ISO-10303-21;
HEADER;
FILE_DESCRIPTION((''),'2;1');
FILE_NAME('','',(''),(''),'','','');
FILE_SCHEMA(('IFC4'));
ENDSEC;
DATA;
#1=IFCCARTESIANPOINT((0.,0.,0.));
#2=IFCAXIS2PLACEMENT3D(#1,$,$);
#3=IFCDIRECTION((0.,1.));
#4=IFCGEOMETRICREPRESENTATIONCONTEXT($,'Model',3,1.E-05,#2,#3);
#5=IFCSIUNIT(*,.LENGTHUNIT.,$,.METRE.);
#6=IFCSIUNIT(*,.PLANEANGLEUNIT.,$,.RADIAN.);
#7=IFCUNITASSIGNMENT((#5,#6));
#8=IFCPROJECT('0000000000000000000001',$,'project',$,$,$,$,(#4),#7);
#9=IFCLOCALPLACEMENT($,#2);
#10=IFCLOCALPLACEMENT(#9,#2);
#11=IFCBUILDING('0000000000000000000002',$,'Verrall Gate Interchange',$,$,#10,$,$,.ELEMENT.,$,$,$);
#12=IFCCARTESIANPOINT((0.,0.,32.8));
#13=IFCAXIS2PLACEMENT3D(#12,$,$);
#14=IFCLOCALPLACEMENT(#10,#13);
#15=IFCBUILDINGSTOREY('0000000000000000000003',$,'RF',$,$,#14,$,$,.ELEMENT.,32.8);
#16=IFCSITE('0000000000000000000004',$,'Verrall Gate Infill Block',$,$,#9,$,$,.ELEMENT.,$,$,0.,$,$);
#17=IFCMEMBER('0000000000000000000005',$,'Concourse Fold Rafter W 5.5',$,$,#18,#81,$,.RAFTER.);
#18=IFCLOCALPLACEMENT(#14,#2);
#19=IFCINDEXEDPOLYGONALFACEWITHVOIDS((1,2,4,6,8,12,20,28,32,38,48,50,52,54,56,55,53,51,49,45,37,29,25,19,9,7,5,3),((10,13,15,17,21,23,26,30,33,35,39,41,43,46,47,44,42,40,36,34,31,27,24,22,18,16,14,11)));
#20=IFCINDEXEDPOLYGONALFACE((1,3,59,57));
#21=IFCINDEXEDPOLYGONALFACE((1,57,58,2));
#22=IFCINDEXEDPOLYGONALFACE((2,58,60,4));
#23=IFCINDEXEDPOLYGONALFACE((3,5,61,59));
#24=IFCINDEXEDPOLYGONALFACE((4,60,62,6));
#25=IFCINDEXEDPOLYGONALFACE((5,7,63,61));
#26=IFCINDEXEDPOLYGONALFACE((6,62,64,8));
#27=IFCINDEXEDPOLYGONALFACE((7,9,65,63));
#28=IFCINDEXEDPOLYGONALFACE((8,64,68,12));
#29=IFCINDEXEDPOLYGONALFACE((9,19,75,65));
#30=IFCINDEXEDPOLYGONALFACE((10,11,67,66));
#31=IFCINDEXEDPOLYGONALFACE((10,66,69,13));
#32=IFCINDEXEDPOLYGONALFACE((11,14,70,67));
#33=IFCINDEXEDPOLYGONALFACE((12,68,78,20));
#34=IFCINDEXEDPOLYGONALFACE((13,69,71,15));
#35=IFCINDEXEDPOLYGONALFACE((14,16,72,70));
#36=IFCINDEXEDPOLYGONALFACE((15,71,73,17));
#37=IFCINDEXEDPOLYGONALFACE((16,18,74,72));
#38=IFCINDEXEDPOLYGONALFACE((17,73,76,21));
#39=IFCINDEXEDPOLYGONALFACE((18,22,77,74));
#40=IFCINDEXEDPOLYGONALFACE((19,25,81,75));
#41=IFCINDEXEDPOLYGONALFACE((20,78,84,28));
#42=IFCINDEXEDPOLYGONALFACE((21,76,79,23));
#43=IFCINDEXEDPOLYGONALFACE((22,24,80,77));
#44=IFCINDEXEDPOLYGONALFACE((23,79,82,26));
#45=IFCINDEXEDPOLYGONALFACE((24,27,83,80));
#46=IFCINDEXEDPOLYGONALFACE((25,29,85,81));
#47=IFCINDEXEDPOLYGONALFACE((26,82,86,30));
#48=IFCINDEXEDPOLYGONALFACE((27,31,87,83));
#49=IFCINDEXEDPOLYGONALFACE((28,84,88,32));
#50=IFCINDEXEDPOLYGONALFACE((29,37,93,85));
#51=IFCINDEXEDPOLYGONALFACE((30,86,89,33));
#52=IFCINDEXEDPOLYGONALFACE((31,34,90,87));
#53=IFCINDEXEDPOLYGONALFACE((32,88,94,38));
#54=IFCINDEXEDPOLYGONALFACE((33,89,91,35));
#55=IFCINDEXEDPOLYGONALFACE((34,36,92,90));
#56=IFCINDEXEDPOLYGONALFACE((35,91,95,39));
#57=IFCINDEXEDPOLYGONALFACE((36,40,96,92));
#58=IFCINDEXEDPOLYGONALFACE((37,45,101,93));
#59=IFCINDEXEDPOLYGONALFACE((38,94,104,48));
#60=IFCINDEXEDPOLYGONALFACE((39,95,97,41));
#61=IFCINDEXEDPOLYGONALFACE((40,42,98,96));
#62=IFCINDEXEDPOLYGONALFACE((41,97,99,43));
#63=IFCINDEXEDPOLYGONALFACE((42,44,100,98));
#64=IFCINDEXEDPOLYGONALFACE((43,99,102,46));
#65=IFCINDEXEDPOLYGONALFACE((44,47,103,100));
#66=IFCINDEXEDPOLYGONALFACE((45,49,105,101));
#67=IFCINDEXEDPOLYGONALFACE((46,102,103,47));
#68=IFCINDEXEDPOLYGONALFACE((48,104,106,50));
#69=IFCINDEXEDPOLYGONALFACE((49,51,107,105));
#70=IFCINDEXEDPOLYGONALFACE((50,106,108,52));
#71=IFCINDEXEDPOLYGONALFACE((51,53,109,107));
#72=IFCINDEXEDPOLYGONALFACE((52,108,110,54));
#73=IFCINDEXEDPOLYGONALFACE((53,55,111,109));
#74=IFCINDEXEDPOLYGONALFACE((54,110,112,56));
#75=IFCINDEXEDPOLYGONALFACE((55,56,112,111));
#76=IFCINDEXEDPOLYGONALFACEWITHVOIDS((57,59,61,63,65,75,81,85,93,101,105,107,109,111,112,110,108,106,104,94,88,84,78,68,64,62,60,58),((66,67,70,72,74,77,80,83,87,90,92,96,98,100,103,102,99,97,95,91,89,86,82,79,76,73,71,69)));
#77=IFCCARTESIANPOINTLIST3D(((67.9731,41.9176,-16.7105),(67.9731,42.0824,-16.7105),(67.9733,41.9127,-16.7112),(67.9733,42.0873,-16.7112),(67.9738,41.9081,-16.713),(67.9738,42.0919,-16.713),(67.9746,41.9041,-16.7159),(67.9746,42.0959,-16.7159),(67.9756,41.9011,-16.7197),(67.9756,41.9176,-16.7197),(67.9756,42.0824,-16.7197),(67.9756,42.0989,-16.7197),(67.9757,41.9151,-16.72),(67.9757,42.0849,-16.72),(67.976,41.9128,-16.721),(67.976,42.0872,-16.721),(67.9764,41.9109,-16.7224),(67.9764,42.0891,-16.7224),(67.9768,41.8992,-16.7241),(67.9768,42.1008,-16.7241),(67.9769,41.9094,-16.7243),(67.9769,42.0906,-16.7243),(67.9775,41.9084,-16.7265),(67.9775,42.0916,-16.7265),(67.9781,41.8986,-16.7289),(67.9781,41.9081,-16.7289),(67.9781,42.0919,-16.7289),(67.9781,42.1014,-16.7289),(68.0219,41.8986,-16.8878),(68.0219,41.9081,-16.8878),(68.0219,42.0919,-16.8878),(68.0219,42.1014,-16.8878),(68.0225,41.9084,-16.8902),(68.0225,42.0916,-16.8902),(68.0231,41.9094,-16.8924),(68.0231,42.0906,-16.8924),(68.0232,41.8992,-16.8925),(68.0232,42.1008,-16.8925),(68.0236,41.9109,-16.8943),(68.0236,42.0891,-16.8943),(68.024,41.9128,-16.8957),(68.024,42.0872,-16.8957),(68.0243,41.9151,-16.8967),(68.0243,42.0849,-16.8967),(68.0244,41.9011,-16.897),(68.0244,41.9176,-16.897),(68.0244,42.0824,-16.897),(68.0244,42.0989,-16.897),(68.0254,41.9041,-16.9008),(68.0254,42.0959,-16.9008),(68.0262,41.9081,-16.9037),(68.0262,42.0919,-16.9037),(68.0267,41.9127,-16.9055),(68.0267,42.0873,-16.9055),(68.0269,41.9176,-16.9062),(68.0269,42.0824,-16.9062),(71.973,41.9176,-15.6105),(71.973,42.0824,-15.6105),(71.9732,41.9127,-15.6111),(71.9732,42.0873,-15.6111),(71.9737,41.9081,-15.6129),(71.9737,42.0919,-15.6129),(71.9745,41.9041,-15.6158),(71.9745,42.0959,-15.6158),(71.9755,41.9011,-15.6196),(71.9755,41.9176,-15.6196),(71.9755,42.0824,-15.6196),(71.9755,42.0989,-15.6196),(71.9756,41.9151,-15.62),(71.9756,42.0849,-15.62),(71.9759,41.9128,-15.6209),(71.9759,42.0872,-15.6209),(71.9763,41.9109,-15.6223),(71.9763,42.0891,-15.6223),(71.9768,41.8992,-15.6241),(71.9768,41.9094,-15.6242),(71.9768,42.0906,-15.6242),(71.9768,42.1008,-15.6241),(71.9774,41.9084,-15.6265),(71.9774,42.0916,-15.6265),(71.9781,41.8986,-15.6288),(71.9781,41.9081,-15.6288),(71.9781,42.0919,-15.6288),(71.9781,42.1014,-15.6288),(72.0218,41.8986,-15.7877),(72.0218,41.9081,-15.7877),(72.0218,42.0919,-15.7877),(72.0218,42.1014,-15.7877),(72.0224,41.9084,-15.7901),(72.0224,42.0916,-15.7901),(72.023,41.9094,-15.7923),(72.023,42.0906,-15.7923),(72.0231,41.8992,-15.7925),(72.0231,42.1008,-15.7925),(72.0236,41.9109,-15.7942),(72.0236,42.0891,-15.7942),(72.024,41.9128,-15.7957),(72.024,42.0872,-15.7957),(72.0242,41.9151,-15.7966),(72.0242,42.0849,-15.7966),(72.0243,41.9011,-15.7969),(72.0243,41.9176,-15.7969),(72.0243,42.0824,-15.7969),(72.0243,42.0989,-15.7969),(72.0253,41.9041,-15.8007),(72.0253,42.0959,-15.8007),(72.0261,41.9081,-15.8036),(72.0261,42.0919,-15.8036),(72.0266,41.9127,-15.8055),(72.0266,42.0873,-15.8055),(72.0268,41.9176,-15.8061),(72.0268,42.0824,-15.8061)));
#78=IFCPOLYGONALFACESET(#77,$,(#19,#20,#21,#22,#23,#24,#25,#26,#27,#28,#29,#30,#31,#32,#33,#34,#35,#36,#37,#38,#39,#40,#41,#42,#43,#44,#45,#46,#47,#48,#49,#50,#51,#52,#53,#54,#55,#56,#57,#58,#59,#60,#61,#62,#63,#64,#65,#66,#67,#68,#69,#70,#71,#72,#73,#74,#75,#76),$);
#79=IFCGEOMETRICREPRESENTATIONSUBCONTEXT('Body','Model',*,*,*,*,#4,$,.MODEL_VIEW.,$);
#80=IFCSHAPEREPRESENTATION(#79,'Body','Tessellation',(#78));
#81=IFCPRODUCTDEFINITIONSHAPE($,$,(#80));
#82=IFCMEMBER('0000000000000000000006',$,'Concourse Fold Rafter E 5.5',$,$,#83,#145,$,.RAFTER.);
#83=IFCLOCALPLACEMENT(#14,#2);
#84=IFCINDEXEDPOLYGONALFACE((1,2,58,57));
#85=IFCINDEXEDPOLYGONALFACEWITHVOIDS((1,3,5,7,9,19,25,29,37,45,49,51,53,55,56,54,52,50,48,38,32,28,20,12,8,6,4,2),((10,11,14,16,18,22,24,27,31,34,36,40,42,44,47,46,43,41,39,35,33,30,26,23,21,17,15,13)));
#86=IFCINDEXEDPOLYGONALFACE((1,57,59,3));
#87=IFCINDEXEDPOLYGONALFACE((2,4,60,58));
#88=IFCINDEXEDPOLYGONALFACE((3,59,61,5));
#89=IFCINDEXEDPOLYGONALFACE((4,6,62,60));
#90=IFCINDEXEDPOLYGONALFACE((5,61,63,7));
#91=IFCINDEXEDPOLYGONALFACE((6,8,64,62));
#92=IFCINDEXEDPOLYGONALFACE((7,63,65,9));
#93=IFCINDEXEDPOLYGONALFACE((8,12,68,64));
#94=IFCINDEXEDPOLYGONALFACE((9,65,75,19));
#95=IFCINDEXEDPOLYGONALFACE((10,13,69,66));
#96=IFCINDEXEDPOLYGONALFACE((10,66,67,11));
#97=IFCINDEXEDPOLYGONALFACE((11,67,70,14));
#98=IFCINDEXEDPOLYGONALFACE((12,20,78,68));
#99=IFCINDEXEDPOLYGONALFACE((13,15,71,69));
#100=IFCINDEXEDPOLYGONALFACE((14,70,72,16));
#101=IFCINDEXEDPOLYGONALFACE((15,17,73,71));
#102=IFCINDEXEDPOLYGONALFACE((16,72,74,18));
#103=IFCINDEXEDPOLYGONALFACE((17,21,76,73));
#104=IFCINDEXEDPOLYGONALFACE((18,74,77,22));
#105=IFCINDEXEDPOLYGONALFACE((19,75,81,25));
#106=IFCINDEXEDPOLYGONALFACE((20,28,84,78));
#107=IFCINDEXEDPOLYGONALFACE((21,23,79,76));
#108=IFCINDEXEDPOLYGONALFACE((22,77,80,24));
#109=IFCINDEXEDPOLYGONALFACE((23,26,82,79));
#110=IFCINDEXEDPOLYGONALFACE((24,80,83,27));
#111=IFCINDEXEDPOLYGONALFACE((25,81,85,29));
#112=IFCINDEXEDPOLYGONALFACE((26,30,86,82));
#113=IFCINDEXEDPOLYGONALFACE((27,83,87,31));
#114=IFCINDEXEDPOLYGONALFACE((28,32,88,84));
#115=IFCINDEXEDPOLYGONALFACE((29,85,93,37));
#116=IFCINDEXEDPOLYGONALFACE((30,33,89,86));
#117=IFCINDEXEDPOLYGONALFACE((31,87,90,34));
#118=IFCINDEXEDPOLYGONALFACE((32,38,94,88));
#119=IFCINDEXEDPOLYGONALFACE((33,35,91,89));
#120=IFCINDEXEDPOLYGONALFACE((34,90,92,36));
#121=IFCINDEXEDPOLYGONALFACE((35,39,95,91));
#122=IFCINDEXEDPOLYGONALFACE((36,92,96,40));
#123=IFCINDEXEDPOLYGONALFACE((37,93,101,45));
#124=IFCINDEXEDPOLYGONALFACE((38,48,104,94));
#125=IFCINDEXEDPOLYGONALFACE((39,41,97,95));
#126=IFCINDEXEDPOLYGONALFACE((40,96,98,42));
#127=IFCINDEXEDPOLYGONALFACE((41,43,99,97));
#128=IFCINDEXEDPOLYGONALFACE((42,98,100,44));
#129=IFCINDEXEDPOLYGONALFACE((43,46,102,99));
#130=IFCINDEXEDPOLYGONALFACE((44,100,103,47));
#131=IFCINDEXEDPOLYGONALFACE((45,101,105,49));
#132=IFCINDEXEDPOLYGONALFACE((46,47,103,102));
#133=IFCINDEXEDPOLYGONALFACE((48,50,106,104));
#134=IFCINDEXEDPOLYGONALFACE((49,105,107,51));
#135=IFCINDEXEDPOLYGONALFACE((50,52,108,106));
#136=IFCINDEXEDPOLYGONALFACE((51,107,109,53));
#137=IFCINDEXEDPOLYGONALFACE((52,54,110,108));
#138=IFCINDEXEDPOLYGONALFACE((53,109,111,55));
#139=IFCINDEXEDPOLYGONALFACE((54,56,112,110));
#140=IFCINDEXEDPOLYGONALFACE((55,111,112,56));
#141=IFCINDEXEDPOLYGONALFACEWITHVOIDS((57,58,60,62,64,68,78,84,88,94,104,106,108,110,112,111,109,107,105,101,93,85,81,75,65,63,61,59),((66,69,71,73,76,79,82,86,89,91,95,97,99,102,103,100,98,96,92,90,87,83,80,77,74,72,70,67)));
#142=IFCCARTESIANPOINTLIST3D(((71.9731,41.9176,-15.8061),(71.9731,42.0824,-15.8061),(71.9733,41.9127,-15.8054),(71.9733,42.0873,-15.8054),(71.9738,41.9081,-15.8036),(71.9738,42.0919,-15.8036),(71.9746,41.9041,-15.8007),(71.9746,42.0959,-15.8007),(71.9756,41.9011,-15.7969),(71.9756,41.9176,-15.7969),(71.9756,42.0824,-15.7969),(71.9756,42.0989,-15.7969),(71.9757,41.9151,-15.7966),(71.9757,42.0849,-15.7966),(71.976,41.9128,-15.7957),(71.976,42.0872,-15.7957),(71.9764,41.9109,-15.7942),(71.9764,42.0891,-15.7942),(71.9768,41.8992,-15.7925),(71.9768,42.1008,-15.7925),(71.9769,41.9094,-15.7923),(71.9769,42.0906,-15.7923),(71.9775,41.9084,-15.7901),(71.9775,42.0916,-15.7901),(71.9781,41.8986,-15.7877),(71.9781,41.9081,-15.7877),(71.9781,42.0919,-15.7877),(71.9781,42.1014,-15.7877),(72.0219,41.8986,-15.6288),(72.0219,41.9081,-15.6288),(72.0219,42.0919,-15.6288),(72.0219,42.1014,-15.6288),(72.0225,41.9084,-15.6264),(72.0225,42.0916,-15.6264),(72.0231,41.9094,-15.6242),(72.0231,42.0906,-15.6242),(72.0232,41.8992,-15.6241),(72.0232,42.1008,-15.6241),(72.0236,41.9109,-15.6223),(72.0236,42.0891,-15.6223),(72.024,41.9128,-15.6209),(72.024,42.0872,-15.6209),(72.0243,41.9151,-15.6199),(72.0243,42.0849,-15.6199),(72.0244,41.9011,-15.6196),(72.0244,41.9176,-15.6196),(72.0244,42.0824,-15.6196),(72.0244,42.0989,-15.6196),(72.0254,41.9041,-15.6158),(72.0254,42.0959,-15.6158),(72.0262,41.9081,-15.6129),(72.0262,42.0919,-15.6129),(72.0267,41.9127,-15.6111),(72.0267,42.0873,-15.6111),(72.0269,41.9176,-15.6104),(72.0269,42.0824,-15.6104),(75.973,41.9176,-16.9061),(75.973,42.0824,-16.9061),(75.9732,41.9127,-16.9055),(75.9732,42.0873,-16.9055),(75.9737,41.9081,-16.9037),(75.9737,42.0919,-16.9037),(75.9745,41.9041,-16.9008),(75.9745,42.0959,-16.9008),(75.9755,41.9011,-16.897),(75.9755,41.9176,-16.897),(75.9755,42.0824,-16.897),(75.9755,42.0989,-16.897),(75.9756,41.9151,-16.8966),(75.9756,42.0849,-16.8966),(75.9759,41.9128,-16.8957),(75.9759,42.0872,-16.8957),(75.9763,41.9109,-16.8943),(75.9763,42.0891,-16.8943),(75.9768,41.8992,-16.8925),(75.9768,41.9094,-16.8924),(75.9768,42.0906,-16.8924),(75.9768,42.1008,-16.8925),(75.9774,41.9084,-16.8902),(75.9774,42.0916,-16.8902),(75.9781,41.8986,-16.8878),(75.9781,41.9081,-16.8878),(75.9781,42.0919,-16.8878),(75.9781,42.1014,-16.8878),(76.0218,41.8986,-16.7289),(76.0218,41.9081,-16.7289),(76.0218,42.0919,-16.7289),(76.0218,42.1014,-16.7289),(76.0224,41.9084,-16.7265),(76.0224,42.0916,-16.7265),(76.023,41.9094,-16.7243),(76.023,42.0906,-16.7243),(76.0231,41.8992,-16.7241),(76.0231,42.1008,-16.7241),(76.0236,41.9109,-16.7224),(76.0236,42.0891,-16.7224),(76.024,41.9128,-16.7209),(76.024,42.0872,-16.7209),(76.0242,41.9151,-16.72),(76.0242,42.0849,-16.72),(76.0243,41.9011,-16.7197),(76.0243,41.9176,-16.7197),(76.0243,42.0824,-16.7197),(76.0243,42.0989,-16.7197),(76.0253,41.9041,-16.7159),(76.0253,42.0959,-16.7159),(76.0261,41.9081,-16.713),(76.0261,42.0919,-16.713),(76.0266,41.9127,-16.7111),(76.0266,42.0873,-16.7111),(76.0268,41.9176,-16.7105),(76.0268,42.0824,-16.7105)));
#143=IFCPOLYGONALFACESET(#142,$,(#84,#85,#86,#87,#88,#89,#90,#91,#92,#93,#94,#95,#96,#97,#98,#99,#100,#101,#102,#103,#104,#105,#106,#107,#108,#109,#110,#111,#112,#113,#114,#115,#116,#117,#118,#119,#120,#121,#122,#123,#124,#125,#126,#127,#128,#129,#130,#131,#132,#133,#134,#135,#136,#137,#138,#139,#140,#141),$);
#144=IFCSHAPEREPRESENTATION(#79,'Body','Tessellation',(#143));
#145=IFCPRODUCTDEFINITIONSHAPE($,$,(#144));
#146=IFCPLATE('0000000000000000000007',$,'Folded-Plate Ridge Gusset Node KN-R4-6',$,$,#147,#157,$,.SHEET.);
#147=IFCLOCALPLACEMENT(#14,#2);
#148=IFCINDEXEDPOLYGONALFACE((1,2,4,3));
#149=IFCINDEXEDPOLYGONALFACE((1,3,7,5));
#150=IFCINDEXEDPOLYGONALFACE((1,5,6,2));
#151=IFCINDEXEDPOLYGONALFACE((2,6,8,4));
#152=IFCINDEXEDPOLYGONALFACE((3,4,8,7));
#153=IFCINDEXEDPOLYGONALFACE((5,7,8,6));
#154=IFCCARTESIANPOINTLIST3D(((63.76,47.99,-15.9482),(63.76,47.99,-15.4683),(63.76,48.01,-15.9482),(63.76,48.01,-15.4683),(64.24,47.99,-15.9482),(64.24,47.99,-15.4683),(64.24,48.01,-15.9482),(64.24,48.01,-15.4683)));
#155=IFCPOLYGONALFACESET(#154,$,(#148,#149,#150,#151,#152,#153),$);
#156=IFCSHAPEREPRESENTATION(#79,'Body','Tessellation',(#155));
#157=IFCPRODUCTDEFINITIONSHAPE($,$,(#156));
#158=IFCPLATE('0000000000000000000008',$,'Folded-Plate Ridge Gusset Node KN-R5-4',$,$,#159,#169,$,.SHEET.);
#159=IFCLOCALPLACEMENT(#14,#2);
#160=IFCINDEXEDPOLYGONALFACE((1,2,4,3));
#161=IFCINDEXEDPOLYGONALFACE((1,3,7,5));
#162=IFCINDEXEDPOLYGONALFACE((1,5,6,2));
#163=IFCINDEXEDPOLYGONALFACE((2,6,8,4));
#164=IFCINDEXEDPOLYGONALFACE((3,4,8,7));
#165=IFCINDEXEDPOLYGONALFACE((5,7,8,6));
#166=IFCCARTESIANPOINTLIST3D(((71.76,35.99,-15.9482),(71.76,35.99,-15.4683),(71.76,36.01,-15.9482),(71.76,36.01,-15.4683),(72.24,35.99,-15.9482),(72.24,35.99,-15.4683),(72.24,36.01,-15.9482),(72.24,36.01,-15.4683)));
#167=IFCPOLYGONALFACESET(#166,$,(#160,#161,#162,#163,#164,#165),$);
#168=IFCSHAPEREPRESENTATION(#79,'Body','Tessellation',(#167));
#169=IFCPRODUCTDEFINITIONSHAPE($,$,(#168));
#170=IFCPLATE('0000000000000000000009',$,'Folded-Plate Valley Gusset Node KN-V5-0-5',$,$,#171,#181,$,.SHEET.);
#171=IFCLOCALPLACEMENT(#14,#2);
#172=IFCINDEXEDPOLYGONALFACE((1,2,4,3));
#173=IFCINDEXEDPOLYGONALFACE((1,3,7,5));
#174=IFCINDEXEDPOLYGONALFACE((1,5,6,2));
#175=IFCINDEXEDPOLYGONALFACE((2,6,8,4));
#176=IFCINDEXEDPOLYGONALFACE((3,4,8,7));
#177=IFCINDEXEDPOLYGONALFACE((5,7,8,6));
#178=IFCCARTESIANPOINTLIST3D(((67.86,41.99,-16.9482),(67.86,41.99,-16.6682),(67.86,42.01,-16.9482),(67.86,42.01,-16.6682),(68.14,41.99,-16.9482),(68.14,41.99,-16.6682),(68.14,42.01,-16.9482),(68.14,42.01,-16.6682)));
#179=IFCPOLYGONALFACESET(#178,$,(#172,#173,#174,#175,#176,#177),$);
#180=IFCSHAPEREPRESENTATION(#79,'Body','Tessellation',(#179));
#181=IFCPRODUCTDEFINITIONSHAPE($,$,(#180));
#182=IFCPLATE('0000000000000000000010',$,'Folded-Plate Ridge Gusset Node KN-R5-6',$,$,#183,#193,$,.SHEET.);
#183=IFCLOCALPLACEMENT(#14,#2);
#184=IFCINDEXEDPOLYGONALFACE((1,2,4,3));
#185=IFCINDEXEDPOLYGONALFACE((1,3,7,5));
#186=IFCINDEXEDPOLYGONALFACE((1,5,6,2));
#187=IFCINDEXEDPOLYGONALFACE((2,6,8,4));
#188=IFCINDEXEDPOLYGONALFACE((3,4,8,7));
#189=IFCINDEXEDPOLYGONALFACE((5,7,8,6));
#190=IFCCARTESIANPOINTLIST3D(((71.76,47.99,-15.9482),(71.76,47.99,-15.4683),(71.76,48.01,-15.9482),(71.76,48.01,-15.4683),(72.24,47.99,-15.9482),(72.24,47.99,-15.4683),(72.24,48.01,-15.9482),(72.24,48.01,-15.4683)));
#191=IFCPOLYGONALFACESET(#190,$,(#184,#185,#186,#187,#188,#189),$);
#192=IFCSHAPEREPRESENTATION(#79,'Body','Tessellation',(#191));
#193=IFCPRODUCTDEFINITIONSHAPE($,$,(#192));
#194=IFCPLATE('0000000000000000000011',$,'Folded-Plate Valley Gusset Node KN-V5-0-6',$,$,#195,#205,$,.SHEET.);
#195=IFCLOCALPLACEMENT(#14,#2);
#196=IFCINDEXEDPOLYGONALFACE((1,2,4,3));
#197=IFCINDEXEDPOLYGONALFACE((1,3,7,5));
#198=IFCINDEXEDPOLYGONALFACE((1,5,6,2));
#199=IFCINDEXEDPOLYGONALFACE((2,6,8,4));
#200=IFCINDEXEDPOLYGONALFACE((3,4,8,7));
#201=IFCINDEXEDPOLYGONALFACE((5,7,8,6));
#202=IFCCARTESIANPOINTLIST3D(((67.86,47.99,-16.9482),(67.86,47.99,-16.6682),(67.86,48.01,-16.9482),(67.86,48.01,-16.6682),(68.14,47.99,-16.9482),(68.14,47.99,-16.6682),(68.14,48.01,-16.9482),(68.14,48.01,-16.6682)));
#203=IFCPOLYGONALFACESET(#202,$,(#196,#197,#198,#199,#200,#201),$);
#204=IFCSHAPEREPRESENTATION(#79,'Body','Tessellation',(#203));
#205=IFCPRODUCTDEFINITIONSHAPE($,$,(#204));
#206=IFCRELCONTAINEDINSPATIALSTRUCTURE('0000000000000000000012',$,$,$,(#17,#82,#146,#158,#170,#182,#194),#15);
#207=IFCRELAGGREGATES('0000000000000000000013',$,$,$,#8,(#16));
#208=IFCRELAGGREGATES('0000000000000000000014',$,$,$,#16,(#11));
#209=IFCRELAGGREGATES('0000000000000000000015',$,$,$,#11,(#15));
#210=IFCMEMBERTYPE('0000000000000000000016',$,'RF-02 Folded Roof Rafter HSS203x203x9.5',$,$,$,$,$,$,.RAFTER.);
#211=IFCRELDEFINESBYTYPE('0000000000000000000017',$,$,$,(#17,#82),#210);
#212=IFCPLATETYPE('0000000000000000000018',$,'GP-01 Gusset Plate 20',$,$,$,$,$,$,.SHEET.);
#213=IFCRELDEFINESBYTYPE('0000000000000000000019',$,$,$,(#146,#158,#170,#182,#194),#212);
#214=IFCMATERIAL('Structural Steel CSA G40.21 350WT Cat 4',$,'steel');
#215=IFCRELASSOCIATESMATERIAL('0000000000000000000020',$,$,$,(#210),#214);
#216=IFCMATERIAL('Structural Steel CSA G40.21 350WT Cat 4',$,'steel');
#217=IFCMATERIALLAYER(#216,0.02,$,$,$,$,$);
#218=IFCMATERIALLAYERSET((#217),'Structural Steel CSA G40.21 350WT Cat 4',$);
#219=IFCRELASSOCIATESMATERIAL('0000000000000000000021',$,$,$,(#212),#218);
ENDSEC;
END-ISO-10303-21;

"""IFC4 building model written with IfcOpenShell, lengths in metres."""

from ifc_helpers import new_model, si_unit, direction, frame, origin, origin_2d, place, context, subcontext, project, spatial, rectangle, hollow_rectangle, extrude, material, layer, layer_set, material_profile, profile_set, type_object, element, save


model = new_model("IFC4")

# Units and contexts
model_context = context("Model", 3, precision=1e-05, world=origin(), true_north=direction((0.0, 1.0)))
body_context = subcontext(model_context, "Body", "Model", "MODEL_VIEW")
ifc_project = project(units=[si_unit("LENGTHUNIT", "METRE"), si_unit("PLANEANGLEUNIT", "RADIAN")], contexts=[model_context])

# Site, building, storey
site_placement = place(None, origin())
site = spatial("IfcSite", under=ifc_project, at=site_placement, Name="Verrall Gate Infill Block", CompositionType="ELEMENT", RefElevation=0.0)
building_placement = place(site_placement, origin())
building = spatial("IfcBuilding", under=site, at=building_placement, Name="Verrall Gate Interchange", CompositionType="ELEMENT")
storey_placement = place(building_placement, frame((0.0, 0.0, 32.8)))
storey = spatial("IfcBuildingStorey", under=building, at=storey_placement, Name="RF", CompositionType="ELEMENT", Elevation=32.8)

# Members
ifc_material_1 = material(Name="Structural Steel CSA G40.21 350WT Cat 4", Category="steel")
ifc_material_profile_1 = material_profile(ifc_material_1, hollow_rectangle(XDim=0.2029, YDim=0.2029, WallThickness=0.0095, InnerFilletRadius=0.0095, OuterFilletRadius=0.019, at=origin_2d()), Name="HSS203x203x9.5")
ifc_profile_set_1 = profile_set([ifc_material_profile_1], Name="Structural Steel CSA G40.21 350WT Cat 4")
member_type_1 = type_object("IfcMemberType", Name="RF-02 Folded Roof Rafter HSS203x203x9.5", PredefinedType="RAFTER", material=ifc_profile_set_1)
for number, where, z_axis, x_axis, name in (
    (1, (68.0, 42.0, -16.8083), (0.964199, 0.0, 0.265178), (0.0, 1.0, 0.0), "Concourse Fold Rafter W 5.5"),
    (2, (72.0, 42.0, -15.7083), (0.964199, 0.0, -0.265178), (0.0, 1.0, 0.0), "Concourse Fold Rafter E 5.5"),
):
    element("IfcMember", number, at=place(storey_placement, frame(where, z_axis=z_axis, x_axis=x_axis)), inside=storey, type_object=member_type_1, Name=name, PredefinedType="RAFTER", context=body_context, shape_type="SweptSolid", body=[
        extrude(hollow_rectangle(XDim=0.2029, YDim=0.2029, WallThickness=0.0095, InnerFilletRadius=0.0095, OuterFilletRadius=0.019, at=origin_2d()), origin(), (0.0, 0.0, 1.0), 4.1484),
    ])

# Plates
ifc_material_2 = material(Name="Structural Steel CSA G40.21 350WT Cat 4", Category="steel")
ifc_layer_1 = layer(ifc_material_2, 0.02)
ifc_layer_set_1 = layer_set([ifc_layer_1], Name="Structural Steel CSA G40.21 350WT Cat 4")
plate_type_1 = type_object("IfcPlateType", Name="GP-01 Gusset Plate 20", PredefinedType="SHEET", material=ifc_layer_set_1)
for number, where, z_axis, x_axis, name in (
    (3, (64.0, 48.0, -15.9482), (0.0, 0.0, 1.0), (1.0, 0.0, 0.0), "Folded-Plate Ridge Gusset Node KN-R4-6"),
    (4, (72.0, 36.0, -15.9482), (0.0, 0.0, 1.0), (1.0, 0.0, 0.0), "Folded-Plate Ridge Gusset Node KN-R5-4"),
):
    element("IfcPlate", number, at=place(storey_placement, frame(where, z_axis=z_axis, x_axis=x_axis)), inside=storey, type_object=plate_type_1, Name=name, PredefinedType="SHEET", context=body_context, shape_type="SweptSolid", body=[
        extrude(rectangle(XDim=0.48, YDim=0.02, at=origin_2d()), origin(), (0.0, 0.0, 1.0), 0.48),
    ])
plate_1_placement = place(storey_placement, frame((68.0, 42.0, -16.9482), z_axis=(0.0, 0.0, 1.0), x_axis=(1.0, 0.0, 0.0)))
element("IfcPlate", 5, at=plate_1_placement, inside=storey, type_object=plate_type_1, Name="Folded-Plate Valley Gusset Node KN-V5-0-5", PredefinedType="SHEET", context=body_context, shape_type="SweptSolid", body=[
    extrude(rectangle(XDim=0.28, YDim=0.02, at=origin_2d()), origin(), (0.0, 0.0, 1.0), 0.28),
])
plate_2_placement = place(storey_placement, frame((72.0, 48.0, -15.9482), z_axis=(0.0, 0.0, 1.0), x_axis=(1.0, 0.0, 0.0)))
element("IfcPlate", 6, at=plate_2_placement, inside=storey, type_object=plate_type_1, Name="Folded-Plate Ridge Gusset Node KN-R5-6", PredefinedType="SHEET", context=body_context, shape_type="SweptSolid", body=[
    extrude(rectangle(XDim=0.48, YDim=0.02, at=origin_2d()), origin(), (0.0, 0.0, 1.0), 0.48),
])
plate_3_placement = place(storey_placement, frame((68.0, 48.0, -16.9482), z_axis=(0.0, 0.0, 1.0), x_axis=(1.0, 0.0, 0.0)))
element("IfcPlate", 7, at=plate_3_placement, inside=storey, type_object=plate_type_1, Name="Folded-Plate Valley Gusset Node KN-V5-0-6", PredefinedType="SHEET", context=body_context, shape_type="SweptSolid", body=[
    extrude(rectangle(XDim=0.28, YDim=0.02, at=origin_2d()), origin(), (0.0, 0.0, 1.0), 0.28),
])

save(model, "model.ifc")
